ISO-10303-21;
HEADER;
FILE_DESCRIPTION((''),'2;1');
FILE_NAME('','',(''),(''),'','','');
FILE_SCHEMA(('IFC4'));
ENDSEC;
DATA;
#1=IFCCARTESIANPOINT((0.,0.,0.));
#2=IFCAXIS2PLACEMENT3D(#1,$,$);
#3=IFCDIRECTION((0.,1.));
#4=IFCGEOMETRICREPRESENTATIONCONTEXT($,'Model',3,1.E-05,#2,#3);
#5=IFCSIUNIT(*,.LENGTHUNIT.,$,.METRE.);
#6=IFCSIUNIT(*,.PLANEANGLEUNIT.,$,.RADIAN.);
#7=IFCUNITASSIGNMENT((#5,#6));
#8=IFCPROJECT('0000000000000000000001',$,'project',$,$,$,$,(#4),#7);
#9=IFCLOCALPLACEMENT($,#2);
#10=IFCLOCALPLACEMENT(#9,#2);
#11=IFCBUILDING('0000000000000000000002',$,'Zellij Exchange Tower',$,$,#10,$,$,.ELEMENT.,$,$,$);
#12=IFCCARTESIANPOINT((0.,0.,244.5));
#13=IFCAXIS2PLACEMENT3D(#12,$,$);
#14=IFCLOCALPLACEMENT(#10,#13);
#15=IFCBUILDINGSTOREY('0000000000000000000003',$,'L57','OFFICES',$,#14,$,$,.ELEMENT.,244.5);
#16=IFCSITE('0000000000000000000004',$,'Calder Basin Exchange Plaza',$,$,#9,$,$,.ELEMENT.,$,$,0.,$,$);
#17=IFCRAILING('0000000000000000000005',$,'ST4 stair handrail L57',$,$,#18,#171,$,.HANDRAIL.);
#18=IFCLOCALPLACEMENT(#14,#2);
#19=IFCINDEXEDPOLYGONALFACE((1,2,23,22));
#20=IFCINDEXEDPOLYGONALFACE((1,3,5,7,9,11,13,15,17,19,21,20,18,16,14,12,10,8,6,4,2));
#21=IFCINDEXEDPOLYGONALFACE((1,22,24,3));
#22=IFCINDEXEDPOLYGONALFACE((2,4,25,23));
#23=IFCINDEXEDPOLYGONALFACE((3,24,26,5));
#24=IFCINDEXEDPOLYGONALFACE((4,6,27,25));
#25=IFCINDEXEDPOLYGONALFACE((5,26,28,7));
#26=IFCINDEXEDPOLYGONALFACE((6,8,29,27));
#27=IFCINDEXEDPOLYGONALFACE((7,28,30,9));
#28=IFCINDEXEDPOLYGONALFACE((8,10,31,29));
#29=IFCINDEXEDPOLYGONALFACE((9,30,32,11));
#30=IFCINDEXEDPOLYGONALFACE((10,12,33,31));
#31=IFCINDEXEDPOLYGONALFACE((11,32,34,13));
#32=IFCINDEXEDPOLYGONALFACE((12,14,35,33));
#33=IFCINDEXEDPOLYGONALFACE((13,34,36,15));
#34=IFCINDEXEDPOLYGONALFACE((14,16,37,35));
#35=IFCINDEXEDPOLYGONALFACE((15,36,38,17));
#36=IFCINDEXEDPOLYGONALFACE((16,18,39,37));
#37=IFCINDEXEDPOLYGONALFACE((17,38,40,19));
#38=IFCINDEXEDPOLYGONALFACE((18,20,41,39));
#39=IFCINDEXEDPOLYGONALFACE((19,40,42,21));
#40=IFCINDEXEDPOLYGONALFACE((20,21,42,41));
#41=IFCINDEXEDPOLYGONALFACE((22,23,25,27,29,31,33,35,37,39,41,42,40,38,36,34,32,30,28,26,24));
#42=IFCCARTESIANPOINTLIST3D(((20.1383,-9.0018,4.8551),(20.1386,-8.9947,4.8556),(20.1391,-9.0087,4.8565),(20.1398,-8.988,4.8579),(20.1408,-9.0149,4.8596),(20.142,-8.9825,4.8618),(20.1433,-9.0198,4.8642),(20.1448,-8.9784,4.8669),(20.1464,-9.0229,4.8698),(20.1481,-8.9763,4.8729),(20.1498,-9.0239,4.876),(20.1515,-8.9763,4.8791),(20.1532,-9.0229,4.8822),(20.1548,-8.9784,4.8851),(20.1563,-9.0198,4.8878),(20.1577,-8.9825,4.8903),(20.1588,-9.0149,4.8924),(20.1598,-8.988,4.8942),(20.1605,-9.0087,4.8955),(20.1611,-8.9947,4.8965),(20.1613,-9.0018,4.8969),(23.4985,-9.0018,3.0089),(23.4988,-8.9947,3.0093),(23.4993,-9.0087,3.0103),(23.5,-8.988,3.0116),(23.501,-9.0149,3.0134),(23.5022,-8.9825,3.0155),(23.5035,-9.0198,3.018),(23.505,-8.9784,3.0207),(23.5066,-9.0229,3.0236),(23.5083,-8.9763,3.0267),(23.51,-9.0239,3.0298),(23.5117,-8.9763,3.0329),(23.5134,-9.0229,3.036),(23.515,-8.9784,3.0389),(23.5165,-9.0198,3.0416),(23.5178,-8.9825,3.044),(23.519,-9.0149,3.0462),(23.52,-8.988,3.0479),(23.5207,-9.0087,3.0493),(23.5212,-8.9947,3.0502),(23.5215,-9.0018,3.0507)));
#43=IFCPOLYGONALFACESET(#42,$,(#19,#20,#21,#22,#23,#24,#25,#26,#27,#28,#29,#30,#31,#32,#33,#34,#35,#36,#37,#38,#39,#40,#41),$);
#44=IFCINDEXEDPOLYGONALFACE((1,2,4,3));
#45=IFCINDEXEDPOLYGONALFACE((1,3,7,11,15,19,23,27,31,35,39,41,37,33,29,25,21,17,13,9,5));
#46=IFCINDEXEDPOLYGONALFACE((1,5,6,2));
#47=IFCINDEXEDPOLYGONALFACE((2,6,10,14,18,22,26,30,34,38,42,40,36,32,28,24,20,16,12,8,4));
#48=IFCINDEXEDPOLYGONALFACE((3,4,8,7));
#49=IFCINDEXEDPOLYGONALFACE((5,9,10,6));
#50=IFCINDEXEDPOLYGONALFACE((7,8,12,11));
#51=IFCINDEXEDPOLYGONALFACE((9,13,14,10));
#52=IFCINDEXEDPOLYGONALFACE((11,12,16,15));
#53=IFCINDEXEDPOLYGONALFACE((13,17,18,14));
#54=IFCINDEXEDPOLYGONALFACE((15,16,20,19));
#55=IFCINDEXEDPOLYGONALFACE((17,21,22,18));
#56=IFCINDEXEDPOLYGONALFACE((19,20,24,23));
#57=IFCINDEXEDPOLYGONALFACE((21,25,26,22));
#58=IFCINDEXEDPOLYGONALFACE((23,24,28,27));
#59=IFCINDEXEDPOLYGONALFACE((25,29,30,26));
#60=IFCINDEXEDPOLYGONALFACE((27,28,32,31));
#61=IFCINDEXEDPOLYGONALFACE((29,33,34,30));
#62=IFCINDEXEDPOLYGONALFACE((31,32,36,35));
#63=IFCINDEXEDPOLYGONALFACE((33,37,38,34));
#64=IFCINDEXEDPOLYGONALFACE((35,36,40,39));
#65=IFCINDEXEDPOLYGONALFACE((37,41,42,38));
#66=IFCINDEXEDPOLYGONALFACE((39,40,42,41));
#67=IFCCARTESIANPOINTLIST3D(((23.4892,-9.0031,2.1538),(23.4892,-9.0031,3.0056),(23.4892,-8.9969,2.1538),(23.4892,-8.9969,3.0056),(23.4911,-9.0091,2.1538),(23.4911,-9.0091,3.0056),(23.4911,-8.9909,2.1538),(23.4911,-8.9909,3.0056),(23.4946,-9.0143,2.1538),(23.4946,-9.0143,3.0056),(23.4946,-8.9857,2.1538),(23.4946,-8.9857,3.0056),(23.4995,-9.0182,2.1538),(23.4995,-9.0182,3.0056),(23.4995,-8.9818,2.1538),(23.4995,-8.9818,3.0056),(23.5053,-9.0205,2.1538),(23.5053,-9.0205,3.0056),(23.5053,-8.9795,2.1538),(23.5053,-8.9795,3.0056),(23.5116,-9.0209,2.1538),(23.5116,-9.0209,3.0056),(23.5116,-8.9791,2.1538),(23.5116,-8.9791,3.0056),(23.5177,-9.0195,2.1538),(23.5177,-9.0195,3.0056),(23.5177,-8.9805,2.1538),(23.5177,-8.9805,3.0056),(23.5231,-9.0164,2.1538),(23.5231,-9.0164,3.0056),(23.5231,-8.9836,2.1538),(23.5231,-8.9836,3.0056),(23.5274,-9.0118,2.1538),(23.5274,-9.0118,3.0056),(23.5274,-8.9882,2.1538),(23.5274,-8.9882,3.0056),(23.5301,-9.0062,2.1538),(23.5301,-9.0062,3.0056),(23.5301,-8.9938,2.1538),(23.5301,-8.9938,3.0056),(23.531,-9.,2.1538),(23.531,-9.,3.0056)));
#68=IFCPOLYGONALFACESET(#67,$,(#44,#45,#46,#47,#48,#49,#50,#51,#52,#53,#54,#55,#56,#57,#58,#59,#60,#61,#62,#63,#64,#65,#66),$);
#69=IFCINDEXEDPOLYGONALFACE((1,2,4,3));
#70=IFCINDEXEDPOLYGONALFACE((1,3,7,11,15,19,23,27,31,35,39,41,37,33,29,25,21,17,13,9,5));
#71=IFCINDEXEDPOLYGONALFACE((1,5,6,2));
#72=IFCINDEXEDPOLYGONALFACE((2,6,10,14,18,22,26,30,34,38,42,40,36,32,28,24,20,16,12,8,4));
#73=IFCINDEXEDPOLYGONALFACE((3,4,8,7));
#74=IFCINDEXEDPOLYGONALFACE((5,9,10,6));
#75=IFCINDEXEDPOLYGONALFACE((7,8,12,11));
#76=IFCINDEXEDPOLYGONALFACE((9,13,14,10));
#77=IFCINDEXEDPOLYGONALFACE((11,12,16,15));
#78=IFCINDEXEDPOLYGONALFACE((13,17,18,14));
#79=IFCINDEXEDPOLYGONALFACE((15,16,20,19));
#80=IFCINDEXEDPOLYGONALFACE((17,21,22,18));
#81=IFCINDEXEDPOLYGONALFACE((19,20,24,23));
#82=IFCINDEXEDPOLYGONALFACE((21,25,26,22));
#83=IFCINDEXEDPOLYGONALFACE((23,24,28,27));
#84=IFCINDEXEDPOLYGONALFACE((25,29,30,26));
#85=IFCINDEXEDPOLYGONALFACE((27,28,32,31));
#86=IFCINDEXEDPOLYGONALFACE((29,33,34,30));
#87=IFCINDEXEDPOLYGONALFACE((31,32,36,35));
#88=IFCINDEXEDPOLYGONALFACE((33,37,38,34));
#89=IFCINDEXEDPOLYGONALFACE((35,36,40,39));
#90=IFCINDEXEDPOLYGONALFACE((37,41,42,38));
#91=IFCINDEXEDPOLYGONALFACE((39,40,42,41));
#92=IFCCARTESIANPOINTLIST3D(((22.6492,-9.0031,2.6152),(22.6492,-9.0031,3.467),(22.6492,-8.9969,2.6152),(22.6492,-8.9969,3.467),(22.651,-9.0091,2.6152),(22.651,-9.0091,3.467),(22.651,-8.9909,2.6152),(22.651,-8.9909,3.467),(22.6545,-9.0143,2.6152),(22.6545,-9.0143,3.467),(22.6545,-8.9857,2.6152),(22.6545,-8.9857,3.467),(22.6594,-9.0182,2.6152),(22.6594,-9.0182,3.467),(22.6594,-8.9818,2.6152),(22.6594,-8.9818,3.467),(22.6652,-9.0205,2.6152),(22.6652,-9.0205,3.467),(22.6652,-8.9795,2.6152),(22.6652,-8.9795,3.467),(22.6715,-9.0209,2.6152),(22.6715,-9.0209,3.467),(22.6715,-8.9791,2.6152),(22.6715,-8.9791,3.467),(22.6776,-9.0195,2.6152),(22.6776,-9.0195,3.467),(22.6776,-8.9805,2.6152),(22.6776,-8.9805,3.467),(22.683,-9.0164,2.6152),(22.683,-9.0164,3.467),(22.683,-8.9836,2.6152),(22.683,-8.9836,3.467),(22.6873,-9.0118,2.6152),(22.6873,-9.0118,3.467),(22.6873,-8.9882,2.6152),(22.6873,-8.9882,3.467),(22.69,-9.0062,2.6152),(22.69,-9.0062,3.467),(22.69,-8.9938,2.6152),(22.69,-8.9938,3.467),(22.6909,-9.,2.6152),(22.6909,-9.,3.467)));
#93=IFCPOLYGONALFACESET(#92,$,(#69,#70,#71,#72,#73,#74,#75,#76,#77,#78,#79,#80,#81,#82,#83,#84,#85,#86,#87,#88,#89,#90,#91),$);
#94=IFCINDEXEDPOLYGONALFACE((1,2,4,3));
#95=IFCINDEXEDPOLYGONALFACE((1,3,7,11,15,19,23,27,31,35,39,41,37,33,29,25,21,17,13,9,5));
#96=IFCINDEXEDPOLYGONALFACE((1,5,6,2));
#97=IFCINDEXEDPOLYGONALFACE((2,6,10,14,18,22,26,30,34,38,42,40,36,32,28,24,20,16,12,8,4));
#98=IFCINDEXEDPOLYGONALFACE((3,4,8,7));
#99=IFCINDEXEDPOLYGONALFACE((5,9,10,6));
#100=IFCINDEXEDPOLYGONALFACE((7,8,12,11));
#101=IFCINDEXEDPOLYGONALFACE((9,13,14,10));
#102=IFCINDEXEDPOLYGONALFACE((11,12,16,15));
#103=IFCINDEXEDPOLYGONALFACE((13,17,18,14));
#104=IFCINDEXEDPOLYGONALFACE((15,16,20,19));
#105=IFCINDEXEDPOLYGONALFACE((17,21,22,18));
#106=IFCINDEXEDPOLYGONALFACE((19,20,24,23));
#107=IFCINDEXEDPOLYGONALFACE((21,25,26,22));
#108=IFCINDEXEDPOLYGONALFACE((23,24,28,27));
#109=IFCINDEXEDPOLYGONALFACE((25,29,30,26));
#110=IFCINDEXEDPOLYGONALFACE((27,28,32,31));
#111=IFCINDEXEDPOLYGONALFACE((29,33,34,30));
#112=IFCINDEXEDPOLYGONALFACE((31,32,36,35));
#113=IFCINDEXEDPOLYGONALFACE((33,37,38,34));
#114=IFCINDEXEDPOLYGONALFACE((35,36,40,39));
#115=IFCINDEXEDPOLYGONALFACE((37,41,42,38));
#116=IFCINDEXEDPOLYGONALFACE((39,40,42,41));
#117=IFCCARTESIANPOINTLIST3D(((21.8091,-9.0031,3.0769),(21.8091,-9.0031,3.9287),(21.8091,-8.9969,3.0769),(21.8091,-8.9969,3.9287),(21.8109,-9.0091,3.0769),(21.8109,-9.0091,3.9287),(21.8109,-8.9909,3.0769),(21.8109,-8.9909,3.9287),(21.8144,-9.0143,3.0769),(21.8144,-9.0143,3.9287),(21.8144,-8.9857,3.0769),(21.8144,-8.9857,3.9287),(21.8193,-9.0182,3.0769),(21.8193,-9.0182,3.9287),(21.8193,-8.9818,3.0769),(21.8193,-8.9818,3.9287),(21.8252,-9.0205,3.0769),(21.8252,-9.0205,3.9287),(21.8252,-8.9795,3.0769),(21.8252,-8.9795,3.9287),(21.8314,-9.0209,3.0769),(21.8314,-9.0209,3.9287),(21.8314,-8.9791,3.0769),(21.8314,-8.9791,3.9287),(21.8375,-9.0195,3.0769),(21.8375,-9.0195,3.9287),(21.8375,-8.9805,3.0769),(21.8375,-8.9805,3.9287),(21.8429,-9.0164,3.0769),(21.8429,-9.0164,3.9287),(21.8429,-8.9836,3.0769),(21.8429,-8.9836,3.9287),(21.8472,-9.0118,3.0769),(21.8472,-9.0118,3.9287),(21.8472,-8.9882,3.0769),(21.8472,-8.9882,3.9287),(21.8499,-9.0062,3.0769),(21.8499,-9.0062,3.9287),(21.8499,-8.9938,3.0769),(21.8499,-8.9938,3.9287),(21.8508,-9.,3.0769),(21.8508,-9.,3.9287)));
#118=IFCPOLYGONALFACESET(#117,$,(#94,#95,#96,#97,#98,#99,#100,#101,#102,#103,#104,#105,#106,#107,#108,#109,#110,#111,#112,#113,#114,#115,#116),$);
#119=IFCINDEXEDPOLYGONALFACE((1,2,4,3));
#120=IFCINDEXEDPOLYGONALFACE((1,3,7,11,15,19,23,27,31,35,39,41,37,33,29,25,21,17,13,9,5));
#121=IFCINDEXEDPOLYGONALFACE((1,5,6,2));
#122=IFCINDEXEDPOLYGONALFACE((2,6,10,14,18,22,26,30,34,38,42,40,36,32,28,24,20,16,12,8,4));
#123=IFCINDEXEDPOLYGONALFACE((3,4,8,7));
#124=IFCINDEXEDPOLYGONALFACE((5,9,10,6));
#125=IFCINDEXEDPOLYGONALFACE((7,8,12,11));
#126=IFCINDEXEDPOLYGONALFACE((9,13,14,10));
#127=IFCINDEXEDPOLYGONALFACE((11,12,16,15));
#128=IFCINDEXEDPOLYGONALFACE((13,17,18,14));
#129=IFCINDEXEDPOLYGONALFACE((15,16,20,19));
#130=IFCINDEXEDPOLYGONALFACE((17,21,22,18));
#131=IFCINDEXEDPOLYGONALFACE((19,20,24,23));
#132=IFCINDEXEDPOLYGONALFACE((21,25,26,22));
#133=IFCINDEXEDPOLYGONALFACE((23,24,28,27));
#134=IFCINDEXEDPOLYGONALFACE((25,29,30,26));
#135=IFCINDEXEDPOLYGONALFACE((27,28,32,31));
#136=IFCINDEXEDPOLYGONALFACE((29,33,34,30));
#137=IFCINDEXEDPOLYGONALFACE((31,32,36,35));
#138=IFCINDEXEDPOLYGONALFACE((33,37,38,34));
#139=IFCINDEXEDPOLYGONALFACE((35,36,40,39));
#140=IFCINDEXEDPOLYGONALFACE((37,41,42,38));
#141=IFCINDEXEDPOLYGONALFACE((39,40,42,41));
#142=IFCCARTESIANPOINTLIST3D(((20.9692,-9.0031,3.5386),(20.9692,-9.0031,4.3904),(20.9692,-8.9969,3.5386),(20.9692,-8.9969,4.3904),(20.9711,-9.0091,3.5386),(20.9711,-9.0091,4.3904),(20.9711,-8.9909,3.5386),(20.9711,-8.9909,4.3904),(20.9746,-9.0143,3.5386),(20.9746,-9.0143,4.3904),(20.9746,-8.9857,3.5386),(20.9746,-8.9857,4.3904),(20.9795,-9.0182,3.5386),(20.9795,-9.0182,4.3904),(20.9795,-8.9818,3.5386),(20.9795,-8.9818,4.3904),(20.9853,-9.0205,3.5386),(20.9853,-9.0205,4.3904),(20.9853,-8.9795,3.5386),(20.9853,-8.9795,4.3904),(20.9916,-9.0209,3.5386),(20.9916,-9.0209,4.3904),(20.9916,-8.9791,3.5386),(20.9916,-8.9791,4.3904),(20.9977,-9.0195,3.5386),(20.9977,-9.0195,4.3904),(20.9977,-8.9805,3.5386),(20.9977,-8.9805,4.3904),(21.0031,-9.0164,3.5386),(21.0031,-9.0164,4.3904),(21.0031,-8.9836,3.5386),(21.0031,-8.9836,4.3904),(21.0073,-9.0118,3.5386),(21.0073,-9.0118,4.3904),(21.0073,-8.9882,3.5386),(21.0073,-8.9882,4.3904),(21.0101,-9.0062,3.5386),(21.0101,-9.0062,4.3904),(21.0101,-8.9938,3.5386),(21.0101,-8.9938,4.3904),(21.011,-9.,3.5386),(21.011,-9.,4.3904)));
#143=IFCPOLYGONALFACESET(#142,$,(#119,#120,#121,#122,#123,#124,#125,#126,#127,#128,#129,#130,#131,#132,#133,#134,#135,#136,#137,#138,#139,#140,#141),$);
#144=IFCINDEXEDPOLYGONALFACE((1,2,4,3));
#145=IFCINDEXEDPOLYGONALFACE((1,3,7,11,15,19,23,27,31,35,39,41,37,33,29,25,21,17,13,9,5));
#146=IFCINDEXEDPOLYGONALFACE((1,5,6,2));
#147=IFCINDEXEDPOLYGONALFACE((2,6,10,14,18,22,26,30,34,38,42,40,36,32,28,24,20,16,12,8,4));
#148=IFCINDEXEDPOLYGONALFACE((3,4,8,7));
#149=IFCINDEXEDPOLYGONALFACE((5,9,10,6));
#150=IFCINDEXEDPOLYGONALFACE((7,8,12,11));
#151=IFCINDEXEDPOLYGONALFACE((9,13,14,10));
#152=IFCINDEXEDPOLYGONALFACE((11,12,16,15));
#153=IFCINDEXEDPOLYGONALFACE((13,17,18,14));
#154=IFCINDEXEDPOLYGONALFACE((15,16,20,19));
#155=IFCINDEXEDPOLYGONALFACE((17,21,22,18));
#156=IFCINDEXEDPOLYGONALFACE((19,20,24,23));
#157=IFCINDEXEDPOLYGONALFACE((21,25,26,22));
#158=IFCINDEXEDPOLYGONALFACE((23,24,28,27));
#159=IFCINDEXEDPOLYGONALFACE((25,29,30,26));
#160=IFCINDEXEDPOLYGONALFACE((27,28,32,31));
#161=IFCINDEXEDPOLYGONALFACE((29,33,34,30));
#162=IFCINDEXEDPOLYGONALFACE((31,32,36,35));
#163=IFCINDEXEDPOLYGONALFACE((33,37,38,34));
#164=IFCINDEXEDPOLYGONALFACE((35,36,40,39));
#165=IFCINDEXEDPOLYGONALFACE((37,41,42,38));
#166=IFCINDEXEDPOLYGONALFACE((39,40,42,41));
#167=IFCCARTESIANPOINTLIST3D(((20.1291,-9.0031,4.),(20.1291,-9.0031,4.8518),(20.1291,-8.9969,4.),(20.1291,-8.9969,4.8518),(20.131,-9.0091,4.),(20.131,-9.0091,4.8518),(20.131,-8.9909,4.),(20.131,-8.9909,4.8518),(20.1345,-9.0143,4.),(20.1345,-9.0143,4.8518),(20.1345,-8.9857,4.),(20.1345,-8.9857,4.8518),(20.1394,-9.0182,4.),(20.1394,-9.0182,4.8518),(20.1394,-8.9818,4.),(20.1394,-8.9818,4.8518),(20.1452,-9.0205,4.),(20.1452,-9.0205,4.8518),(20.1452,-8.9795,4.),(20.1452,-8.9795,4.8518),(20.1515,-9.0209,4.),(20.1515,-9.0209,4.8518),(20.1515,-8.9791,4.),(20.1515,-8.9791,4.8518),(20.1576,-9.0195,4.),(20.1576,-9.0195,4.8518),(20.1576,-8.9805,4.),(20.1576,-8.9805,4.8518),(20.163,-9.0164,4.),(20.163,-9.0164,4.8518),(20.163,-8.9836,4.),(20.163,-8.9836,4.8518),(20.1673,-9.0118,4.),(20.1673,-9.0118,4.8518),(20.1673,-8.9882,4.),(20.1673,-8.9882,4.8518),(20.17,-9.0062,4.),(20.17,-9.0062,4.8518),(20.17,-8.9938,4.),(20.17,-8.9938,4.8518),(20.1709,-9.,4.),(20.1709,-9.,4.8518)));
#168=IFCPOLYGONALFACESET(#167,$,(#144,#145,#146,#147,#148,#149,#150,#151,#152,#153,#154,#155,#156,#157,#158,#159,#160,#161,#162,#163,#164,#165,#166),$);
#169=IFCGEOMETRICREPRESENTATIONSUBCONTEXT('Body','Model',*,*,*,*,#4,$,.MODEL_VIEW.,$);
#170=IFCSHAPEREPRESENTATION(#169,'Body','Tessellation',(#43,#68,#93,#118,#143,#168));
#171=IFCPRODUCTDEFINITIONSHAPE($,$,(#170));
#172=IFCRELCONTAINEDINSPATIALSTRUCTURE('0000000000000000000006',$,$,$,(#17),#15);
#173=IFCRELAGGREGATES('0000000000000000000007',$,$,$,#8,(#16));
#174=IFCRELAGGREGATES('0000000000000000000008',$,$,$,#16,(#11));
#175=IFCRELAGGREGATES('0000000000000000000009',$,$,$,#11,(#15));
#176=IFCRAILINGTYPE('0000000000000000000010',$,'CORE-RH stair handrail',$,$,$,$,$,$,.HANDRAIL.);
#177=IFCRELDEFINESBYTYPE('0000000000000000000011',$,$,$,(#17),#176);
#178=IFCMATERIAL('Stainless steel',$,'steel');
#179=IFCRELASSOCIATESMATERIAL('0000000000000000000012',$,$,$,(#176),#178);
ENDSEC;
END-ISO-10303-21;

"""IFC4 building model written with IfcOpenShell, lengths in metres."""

from ifc_helpers import new_model, si_unit, direction, frame, origin, origin_2d, place, context, subcontext, project, spatial, circle, extrude, material, type_object, element, save


model = new_model("IFC4")

# Units and contexts
model_context = context("Model", 3, precision=1e-05, world=origin(), true_north=direction((0.0, 1.0)))
body_context = subcontext(model_context, "Body", "Model", "MODEL_VIEW")
ifc_project = project(units=[si_unit("LENGTHUNIT", "METRE"), si_unit("PLANEANGLEUNIT", "RADIAN")], contexts=[model_context])

# Site, building, storey
site_placement = place(None, origin())
site = spatial("IfcSite", under=ifc_project, at=site_placement, Name="Calder Basin Exchange Plaza", CompositionType="ELEMENT", RefElevation=0.0)
building_placement = place(site_placement, origin())
building = spatial("IfcBuilding", under=site, at=building_placement, Name="Zellij Exchange Tower", CompositionType="ELEMENT")
storey_placement = place(building_placement, frame((0.0, 0.0, 244.5)))
storey = spatial("IfcBuildingStorey", under=building, at=storey_placement, Name="L57", Description="OFFICES", CompositionType="ELEMENT", Elevation=244.5)

# Railing
ifc_material_1 = material(Name="Stainless steel", Category="steel")
railing_type_1 = type_object("IfcRailingType", Name="CORE-RH stair handrail", PredefinedType="HANDRAIL", material=ifc_material_1)
railing_1_placement = place(storey_placement, frame((23.51, -9.0, 2.1538)))
element("IfcRailing", 1, at=railing_1_placement, inside=storey, type_object=railing_type_1, Name="ST4 stair handrail L57", PredefinedType="HANDRAIL", context=body_context, shape_type="SweptSolid", body=[
    extrude(circle(Radius=0.0239, at=origin_2d()), frame((0.0, 0.0, 0.876), z_axis=(-0.876422, 0.0, 0.481545), x_axis=(0.0, -1.0, 0.0)), (0.0, 0.0, 1.0), 3.834),
    extrude(circle(Radius=0.021, at=origin_2d()), origin(), (0.0, 0.0, 1.0), 0.8518),
    extrude(circle(Radius=0.021, at=origin_2d()), frame((-0.8401, 0.0, 0.4614)), (0.0, 0.0, 1.0), 0.8518),
    extrude(circle(Radius=0.021, at=origin_2d()), frame((-1.6802, 0.0, 0.9231)), (0.0, 0.0, 1.0), 0.8518),
    extrude(circle(Radius=0.021, at=origin_2d()), frame((-2.52, 0.0, 1.3848)), (0.0, 0.0, 1.0), 0.8518),
    extrude(circle(Radius=0.021, at=origin_2d()), frame((-3.3601, 0.0, 1.8462)), (0.0, 0.0, 1.0), 0.8518),
])

save(model, "model.ifc")
